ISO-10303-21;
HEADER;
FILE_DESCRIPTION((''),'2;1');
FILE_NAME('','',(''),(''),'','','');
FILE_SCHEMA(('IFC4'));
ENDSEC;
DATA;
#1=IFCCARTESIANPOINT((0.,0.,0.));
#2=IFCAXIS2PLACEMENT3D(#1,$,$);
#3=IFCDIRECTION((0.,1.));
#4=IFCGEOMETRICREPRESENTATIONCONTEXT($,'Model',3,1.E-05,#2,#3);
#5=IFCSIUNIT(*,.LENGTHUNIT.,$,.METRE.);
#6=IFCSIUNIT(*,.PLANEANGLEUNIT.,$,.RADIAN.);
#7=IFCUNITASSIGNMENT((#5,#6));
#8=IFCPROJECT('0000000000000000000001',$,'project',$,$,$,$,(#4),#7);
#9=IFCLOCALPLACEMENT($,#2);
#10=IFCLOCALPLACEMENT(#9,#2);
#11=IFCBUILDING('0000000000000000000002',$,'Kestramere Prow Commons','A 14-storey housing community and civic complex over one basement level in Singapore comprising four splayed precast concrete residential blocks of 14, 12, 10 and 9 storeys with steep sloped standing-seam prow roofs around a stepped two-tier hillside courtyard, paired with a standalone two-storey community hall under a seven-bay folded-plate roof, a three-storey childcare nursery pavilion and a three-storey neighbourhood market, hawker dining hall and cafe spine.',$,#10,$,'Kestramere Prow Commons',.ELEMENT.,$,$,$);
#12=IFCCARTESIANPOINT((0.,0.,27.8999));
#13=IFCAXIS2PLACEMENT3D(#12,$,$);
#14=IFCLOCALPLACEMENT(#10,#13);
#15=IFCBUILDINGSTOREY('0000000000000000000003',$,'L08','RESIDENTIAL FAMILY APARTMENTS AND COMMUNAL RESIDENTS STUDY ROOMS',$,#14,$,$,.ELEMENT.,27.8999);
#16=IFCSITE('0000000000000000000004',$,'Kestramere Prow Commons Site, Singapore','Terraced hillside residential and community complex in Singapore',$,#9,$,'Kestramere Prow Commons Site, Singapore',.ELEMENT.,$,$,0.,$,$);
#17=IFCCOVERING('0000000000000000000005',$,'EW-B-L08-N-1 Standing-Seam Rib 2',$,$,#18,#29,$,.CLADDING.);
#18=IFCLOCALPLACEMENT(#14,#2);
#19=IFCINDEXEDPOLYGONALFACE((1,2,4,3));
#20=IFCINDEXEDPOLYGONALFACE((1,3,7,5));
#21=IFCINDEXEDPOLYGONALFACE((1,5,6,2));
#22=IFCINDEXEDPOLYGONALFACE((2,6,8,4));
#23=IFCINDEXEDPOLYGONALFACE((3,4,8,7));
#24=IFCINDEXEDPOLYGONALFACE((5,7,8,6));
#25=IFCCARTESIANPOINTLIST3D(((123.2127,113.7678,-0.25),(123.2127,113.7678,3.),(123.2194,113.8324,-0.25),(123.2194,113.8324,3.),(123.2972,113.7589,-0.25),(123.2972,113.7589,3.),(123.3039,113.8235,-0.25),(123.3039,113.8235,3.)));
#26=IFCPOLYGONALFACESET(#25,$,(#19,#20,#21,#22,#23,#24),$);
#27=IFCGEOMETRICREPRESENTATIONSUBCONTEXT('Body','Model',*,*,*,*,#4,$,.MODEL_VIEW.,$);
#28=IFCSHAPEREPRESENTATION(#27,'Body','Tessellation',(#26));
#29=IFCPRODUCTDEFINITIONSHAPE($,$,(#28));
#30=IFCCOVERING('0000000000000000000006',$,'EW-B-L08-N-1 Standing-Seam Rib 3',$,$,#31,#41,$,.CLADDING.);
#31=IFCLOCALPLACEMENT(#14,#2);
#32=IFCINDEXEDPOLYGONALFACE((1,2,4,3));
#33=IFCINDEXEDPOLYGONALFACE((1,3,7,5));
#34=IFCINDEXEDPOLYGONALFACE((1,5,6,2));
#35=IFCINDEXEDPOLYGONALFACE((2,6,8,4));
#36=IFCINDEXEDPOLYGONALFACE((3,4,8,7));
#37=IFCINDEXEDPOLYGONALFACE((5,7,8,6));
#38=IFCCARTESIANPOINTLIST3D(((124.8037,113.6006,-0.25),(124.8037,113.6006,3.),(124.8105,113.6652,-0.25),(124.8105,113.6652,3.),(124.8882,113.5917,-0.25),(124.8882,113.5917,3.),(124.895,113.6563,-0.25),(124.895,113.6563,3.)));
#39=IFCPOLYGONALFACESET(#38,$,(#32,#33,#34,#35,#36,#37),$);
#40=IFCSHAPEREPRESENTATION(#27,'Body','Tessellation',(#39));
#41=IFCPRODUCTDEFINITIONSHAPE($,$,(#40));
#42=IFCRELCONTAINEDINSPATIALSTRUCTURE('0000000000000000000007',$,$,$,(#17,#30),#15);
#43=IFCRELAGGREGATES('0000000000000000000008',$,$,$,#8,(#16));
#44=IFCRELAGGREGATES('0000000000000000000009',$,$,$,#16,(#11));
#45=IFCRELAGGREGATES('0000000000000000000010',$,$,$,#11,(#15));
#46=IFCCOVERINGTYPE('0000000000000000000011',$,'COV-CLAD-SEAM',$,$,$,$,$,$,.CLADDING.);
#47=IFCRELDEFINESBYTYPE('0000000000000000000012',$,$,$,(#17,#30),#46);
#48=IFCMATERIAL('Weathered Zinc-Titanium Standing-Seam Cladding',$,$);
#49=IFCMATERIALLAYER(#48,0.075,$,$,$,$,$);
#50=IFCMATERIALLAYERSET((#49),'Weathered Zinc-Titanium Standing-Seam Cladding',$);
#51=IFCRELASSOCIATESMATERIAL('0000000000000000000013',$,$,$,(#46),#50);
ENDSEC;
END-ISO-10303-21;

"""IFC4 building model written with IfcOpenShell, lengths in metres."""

from ifc_helpers import new_model, si_unit, direction, frame, origin, origin_2d, place, context, subcontext, project, spatial, rectangle, extrude, material, layer, layer_set, type_object, element, save


model = new_model("IFC4")

# Units and contexts
model_context = context("Model", 3, precision=1e-05, world=origin(), true_north=direction((0.0, 1.0)))
body_context = subcontext(model_context, "Body", "Model", "MODEL_VIEW")
ifc_project = project(units=[si_unit("LENGTHUNIT", "METRE"), si_unit("PLANEANGLEUNIT", "RADIAN")], contexts=[model_context])

# Site, building, storey
site_placement = place(None, origin())
site = spatial("IfcSite", under=ifc_project, at=site_placement, Name="Kestramere Prow Commons Site, Singapore", Description="Terraced hillside residential and community complex in Singapore", LongName="Kestramere Prow Commons Site, Singapore", CompositionType="ELEMENT", RefElevation=0.0)
building_placement = place(site_placement, origin())
building = spatial("IfcBuilding", under=site, at=building_placement, Name="Kestramere Prow Commons", Description="A 14-storey housing community and civic complex over one basement level in Singapore comprising four splayed precast concrete residential blocks of 14, 12, 10 and 9 storeys with steep sloped standing-seam prow roofs around a stepped two-tier hillside courtyard, paired with a standalone two-storey community hall under a seven-bay folded-plate roof, a three-storey childcare nursery pavilion and a three-storey neighbourhood market, hawker dining hall and cafe spine.", LongName="Kestramere Prow Commons", CompositionType="ELEMENT")
storey_placement = place(building_placement, frame((0.0, 0.0, 27.8999)))
storey = spatial("IfcBuildingStorey", under=building, at=storey_placement, Name="L08", Description="RESIDENTIAL FAMILY APARTMENTS AND COMMUNAL RESIDENTS STUDY ROOMS", CompositionType="ELEMENT", Elevation=27.8999)

# Coverings
ifc_material_1 = material(Name="Weathered Zinc-Titanium Standing-Seam Cladding")
ifc_layer_1 = layer(ifc_material_1, 0.075)
ifc_layer_set_1 = layer_set([ifc_layer_1], Name="Weathered Zinc-Titanium Standing-Seam Cladding")
covering_type = type_object("IfcCoveringType", Name="COV-CLAD-SEAM", PredefinedType="CLADDING", material=ifc_layer_set_1)
for number, where, z_axis, x_axis, name in (
    (1, (123.2583, 113.7957, -0.25), (0.0, 0.0, 1.0), (0.994522, -0.104528, 0.0), "EW-B-L08-N-1 Standing-Seam Rib 2"),
    (2, (124.8494, 113.6284, -0.25), (0.0, 0.0, 1.0), (0.994522, -0.104528, 0.0), "EW-B-L08-N-1 Standing-Seam Rib 3"),
):
    element("IfcCovering", number, at=place(storey_placement, frame(where, z_axis=z_axis, x_axis=x_axis)), inside=storey, type_object=covering_type, Name=name, PredefinedType="CLADDING", context=body_context, shape_type="SweptSolid", body=[
        extrude(rectangle(XDim=0.085, YDim=0.0649, at=origin_2d()), origin(), (0.0, 0.0, 1.0), 3.25),
    ])

save(model, "model.ifc")
